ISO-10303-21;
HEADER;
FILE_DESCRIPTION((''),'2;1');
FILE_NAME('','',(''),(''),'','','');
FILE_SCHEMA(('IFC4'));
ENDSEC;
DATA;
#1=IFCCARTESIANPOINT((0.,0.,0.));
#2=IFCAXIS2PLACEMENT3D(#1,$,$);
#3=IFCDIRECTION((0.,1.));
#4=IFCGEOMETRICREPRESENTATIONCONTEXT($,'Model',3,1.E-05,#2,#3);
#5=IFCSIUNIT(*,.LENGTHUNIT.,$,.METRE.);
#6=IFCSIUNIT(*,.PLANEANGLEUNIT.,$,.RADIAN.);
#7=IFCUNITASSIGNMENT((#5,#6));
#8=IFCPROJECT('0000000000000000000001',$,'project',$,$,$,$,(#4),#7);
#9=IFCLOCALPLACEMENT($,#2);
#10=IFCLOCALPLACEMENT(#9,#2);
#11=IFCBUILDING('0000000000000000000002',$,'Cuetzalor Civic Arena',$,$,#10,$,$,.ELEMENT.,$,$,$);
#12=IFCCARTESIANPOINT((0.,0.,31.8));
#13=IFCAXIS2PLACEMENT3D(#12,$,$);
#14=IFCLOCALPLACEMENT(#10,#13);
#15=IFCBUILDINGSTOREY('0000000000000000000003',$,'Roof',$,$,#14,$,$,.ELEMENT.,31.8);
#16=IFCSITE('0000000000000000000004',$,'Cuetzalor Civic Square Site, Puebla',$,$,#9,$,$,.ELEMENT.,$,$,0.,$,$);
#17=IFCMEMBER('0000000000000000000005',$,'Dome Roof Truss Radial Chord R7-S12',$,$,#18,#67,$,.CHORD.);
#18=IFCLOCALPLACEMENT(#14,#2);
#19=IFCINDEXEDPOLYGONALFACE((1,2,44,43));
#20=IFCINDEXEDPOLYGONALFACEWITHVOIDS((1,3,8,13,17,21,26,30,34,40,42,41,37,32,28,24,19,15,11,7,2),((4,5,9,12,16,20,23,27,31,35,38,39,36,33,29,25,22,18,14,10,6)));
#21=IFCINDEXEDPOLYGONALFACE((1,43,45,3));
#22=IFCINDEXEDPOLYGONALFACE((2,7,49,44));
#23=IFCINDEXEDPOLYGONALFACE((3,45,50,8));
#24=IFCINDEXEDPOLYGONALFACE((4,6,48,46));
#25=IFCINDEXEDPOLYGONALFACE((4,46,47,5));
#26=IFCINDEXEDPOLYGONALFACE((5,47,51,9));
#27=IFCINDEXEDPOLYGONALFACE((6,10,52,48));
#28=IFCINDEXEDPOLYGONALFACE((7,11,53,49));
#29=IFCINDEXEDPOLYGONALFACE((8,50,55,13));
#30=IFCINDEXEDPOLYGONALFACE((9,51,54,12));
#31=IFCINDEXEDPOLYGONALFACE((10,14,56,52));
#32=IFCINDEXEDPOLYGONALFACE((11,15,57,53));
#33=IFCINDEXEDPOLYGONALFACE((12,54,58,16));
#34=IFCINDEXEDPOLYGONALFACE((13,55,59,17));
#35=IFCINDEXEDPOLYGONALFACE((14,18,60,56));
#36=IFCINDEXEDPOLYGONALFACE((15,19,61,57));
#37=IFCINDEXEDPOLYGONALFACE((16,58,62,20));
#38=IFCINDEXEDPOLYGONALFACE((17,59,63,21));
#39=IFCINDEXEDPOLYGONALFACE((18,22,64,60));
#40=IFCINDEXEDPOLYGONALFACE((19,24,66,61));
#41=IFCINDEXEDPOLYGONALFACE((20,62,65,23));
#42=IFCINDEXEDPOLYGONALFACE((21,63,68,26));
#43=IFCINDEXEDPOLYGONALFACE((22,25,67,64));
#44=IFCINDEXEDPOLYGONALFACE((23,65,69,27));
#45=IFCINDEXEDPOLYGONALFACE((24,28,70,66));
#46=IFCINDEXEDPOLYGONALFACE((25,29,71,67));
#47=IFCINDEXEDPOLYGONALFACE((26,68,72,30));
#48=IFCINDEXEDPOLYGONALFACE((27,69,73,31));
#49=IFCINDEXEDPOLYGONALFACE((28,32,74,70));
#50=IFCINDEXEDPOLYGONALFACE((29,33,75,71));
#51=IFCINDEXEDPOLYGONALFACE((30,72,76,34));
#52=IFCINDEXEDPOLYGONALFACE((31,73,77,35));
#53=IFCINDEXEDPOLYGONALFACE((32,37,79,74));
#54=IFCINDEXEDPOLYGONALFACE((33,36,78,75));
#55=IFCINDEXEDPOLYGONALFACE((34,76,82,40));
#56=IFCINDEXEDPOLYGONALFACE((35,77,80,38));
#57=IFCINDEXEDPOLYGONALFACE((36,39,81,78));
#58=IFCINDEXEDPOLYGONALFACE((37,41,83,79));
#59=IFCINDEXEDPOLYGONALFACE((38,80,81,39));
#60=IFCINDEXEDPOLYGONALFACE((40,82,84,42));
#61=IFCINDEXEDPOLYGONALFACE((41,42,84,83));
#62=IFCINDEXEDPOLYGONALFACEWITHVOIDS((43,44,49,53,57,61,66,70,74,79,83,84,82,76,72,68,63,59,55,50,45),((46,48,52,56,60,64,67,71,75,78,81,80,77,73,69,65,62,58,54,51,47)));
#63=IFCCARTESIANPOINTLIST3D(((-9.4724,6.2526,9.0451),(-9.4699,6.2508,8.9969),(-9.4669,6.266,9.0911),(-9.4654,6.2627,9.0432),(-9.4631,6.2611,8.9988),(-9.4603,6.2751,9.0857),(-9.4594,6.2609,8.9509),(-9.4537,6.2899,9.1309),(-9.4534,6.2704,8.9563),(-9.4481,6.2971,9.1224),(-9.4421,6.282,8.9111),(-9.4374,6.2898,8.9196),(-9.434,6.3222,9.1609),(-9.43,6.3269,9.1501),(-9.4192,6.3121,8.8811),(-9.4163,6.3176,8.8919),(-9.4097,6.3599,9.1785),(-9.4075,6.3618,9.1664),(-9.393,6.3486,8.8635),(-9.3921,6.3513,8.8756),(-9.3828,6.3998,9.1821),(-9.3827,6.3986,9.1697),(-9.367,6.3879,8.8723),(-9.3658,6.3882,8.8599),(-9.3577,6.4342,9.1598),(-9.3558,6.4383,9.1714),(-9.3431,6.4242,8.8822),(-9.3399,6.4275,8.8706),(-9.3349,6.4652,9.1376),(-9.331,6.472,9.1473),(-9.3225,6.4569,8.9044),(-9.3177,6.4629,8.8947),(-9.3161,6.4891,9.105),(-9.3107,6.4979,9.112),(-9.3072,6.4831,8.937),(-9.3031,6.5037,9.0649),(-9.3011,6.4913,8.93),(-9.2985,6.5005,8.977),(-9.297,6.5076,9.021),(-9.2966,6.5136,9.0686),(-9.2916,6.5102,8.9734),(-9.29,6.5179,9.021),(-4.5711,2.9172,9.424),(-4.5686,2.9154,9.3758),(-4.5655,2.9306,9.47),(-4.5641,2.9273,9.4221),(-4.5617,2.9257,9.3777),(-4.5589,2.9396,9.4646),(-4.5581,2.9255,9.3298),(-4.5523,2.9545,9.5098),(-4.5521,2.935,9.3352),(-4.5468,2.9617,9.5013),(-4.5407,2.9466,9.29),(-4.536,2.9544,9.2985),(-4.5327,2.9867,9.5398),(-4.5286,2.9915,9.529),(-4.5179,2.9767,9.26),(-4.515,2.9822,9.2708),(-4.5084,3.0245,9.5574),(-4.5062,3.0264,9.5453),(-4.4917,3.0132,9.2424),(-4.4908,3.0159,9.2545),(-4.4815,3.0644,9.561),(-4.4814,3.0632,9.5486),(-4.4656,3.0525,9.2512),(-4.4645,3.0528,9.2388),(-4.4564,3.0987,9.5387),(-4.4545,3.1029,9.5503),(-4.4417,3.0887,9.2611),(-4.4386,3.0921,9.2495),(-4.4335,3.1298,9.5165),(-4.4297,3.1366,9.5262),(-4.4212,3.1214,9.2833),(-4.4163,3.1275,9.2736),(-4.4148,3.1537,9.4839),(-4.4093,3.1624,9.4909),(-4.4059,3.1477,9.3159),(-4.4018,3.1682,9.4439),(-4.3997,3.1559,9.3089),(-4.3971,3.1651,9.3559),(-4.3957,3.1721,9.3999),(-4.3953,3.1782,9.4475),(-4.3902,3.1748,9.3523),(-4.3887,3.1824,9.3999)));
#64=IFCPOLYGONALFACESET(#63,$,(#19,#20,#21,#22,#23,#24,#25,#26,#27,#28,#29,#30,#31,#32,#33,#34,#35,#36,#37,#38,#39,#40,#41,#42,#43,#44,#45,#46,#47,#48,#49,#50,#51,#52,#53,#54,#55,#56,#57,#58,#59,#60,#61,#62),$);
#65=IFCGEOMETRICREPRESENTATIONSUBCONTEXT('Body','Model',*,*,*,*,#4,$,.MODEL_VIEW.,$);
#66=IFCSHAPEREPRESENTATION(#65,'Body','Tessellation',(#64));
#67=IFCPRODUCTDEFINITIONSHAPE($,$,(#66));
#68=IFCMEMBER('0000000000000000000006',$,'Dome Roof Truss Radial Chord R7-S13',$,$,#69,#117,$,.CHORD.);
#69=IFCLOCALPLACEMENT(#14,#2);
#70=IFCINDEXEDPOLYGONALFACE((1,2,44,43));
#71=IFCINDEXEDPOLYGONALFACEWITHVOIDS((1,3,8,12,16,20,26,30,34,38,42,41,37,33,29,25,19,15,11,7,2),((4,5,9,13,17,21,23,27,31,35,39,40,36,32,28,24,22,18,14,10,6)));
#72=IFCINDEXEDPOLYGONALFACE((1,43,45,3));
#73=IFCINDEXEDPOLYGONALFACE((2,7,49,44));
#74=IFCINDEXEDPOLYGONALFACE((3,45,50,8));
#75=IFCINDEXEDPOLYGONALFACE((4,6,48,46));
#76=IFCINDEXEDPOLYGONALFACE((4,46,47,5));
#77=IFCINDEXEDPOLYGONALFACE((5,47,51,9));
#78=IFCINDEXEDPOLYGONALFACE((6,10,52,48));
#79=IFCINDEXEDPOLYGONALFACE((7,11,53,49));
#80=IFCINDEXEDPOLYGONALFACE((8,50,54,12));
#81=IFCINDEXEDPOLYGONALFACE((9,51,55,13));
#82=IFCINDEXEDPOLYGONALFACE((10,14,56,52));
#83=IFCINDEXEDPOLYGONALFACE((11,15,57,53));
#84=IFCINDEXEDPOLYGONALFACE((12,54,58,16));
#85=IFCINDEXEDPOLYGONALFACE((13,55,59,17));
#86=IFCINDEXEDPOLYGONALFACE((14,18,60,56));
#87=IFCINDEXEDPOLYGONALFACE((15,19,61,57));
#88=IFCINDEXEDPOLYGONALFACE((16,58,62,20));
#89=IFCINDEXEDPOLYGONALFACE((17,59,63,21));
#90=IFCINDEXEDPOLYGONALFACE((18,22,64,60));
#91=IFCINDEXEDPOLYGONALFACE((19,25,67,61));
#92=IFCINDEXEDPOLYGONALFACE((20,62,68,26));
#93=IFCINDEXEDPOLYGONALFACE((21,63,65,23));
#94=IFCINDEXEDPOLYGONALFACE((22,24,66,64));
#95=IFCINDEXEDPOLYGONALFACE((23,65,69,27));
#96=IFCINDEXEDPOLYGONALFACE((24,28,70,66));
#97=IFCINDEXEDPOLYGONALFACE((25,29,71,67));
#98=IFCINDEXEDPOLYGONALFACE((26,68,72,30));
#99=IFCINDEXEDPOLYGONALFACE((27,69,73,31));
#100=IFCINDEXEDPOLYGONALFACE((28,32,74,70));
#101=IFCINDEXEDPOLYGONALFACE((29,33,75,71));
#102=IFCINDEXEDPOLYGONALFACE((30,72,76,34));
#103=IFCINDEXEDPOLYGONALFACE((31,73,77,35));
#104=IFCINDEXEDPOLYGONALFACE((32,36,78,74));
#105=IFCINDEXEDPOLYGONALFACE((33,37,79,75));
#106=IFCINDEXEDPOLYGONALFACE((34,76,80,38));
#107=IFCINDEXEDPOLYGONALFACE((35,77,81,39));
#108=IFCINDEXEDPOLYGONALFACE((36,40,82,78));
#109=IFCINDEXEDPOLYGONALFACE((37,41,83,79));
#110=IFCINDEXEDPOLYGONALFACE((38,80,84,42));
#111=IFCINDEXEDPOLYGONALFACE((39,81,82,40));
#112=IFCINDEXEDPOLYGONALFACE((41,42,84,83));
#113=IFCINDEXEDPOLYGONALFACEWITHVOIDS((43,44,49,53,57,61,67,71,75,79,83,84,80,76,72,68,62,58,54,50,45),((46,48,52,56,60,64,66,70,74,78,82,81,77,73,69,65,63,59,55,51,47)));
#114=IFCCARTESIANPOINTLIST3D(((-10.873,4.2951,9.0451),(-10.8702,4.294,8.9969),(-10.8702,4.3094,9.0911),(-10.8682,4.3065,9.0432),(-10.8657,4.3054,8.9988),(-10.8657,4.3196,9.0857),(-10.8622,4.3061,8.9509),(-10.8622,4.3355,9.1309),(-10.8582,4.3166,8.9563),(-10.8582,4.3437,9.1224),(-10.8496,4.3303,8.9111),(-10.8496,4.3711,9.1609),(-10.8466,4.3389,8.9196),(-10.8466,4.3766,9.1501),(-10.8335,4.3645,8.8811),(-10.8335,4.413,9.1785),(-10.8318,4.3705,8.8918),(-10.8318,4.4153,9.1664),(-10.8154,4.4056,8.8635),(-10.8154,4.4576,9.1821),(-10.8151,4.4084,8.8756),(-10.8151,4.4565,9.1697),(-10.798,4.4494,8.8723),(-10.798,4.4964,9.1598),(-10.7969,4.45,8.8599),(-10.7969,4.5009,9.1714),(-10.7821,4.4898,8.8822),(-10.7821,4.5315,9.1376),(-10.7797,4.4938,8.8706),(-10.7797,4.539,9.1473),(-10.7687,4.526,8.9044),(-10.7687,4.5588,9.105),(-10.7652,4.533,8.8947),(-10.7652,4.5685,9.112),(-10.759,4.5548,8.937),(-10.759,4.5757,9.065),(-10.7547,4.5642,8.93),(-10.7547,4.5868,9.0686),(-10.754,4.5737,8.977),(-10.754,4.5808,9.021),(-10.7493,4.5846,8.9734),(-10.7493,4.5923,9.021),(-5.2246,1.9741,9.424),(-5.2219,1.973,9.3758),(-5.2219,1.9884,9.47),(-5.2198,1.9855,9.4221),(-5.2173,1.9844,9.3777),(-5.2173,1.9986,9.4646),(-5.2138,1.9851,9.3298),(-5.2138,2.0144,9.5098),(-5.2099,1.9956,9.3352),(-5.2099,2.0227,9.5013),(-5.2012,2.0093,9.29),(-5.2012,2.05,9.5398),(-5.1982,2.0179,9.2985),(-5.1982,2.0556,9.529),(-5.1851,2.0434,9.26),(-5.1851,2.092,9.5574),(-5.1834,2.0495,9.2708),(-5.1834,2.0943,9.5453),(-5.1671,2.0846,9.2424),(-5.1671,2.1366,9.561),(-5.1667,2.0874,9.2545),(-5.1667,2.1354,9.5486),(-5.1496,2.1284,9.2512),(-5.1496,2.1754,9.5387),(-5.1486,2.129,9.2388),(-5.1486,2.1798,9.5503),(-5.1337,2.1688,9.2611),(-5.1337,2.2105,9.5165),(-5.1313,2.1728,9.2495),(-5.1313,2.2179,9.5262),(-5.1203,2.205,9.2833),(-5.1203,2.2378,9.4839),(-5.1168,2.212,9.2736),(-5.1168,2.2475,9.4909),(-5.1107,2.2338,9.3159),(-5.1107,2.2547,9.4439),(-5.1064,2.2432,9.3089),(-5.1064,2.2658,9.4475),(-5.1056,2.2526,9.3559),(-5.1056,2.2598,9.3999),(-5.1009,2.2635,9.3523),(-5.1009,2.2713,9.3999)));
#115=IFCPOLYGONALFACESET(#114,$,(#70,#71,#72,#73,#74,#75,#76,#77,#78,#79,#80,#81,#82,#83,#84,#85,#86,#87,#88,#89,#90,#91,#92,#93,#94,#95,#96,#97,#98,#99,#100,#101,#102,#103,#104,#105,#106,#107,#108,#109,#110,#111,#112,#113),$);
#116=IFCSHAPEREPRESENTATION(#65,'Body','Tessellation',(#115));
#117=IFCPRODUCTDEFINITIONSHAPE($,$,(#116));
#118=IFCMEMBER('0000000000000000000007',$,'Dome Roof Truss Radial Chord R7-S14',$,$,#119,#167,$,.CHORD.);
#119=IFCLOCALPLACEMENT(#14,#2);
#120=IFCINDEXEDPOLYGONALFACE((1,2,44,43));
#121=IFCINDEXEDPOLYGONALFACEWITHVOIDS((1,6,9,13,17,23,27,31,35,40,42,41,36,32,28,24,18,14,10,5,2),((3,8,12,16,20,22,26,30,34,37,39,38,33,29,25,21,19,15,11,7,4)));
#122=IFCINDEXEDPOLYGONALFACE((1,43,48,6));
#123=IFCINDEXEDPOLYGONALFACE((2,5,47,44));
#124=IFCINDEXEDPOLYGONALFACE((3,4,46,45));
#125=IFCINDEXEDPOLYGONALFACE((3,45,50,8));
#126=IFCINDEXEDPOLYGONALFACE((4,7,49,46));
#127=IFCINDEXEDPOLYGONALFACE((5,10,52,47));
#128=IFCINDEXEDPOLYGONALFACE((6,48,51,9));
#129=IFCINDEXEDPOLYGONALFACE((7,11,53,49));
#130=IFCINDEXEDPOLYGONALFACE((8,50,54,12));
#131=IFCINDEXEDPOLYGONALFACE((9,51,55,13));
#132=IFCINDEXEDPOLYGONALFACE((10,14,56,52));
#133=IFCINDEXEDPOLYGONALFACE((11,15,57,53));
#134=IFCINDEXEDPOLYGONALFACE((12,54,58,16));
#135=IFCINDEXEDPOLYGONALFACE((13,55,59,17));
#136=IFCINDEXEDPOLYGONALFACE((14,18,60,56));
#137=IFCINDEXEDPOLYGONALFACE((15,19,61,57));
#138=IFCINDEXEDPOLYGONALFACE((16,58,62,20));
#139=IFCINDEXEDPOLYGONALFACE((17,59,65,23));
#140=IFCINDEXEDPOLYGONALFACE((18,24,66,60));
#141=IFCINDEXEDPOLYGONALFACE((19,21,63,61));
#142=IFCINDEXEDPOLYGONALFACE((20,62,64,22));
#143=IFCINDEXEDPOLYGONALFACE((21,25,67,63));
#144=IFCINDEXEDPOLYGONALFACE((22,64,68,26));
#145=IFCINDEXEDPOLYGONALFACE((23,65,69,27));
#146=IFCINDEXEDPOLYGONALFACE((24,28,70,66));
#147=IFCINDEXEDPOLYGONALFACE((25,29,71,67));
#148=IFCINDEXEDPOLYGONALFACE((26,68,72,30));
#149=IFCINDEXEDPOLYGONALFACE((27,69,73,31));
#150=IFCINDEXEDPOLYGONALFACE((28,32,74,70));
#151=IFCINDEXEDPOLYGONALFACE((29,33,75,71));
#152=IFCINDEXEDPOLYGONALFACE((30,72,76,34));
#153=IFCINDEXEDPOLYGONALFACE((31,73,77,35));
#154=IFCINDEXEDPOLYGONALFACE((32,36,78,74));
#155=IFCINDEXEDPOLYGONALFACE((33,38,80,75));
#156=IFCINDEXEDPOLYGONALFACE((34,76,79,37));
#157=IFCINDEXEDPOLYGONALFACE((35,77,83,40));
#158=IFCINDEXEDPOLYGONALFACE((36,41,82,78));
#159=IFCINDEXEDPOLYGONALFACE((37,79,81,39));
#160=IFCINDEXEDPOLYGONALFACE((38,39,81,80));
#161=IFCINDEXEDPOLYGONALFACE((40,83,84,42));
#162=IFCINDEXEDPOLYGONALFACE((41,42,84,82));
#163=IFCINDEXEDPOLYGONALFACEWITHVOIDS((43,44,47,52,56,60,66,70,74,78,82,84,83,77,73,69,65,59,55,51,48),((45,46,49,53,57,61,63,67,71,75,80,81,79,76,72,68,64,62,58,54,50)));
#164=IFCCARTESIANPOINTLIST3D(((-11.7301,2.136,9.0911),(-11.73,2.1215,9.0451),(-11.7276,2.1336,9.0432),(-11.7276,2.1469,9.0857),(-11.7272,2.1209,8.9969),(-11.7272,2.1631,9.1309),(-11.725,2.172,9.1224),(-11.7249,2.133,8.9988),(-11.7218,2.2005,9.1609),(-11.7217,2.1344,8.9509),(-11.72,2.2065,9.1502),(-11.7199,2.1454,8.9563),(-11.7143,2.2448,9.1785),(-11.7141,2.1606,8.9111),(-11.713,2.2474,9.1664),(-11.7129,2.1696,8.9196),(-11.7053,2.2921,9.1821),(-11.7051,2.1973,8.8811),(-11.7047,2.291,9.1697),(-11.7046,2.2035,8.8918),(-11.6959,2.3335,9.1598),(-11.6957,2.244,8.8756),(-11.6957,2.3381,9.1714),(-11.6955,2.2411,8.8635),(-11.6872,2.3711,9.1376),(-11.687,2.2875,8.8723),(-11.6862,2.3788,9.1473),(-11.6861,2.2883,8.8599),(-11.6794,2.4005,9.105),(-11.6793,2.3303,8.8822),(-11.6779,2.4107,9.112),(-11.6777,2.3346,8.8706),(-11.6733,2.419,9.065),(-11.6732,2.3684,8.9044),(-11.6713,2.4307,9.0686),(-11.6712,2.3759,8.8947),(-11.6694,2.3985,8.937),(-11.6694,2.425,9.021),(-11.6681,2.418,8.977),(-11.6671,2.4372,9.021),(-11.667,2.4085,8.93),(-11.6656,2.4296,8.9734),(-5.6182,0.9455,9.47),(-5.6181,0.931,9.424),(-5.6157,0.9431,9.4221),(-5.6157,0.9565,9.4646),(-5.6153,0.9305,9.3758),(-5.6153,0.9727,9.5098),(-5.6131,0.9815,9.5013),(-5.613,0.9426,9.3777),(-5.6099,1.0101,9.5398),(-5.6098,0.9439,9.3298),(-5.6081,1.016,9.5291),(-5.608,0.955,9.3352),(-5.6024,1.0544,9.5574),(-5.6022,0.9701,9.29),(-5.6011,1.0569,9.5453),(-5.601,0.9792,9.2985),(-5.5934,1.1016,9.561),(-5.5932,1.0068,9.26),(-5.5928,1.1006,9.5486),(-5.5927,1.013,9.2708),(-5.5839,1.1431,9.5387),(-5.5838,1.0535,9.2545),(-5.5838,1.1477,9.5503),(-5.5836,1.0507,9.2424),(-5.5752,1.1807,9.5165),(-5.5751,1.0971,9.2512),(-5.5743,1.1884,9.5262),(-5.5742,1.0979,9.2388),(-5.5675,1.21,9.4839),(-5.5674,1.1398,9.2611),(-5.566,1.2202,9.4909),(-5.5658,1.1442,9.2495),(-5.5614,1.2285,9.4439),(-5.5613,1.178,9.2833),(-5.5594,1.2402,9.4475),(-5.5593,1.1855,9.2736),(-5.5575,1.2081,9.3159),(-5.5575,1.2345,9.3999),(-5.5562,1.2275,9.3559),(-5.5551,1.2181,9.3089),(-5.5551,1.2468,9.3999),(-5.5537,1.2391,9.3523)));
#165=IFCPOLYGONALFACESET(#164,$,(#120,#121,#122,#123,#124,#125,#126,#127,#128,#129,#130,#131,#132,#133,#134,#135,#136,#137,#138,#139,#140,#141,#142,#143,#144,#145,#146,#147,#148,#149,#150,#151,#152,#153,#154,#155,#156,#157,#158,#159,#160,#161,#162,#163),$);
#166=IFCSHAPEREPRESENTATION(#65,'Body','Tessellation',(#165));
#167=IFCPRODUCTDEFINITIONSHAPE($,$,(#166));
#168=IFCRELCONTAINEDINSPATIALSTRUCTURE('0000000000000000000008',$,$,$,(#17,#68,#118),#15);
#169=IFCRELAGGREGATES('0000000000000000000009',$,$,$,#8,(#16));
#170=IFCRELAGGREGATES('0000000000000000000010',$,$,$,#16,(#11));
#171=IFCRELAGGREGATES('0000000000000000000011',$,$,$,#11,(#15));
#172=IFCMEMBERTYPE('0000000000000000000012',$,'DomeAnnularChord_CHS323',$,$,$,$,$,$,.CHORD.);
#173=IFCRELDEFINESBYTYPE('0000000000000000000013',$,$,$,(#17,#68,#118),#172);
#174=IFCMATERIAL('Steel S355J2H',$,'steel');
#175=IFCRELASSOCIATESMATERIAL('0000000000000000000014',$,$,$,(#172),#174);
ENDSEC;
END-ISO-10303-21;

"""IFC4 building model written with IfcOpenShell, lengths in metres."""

from ifc_helpers import new_model, si_unit, direction, frame, origin, origin_2d, place, context, subcontext, project, spatial, hollow_circle, extrude, material, material_profile, profile_set, type_object, element, save


model = new_model("IFC4")

# Units and contexts
model_context = context("Model", 3, precision=1e-05, world=origin(), true_north=direction((0.0, 1.0)))
body_context = subcontext(model_context, "Body", "Model", "MODEL_VIEW")
ifc_project = project(units=[si_unit("LENGTHUNIT", "METRE"), si_unit("PLANEANGLEUNIT", "RADIAN")], contexts=[model_context])

# Site, building, storey
site_placement = place(None, origin())
site = spatial("IfcSite", under=ifc_project, at=site_placement, Name="Cuetzalor Civic Square Site, Puebla", CompositionType="ELEMENT", RefElevation=0.0)
building_placement = place(site_placement, origin())
building = spatial("IfcBuilding", under=site, at=building_placement, Name="Cuetzalor Civic Arena", CompositionType="ELEMENT")
storey_placement = place(building_placement, frame((0.0, 0.0, 31.8)))
storey = spatial("IfcBuildingStorey", under=building, at=storey_placement, Name="Roof", CompositionType="ELEMENT", Elevation=31.8)

# Members
ifc_material_1 = material(Name="Steel S355J2H", Category="steel")
ifc_material_profile_1 = material_profile(ifc_material_1, hollow_circle(Radius=0.1619, WallThickness=0.0125, at=origin_2d()), Name="CHS 323.9x12.5")
ifc_profile_set_1 = profile_set([ifc_material_profile_1], Name="Steel S355J2H")
member_type_1 = type_object("IfcMemberType", Name="DomeAnnularChord_CHS323", PredefinedType="CHORD", material=ifc_profile_set_1)
member_1_placement = place(storey_placement, frame((-9.3811, 6.384, 9.021), z_axis=(0.825046, -0.561455, 0.063781), x_axis=(0.562601, 0.826729, 0.0)))
element("IfcMember", 1, at=member_1_placement, inside=storey, type_object=member_type_1, Name="Dome Roof Truss Radial Chord R7-S12", PredefinedType="CHORD", context=body_context, shape_type="SweptSolid", body=[
    extrude(hollow_circle(Radius=0.1619, WallThickness=0.0125, at=origin_2d()), origin(), (0.0, 0.0, 1.0), 5.9407),
])
member_2_placement = place(storey_placement, frame((-10.8108, 4.4426, 9.021), z_axis=(0.923178, -0.379351, 0.061928), x_axis=(0.38008, 0.924954, 0.0)))
element("IfcMember", 2, at=member_2_placement, inside=storey, type_object=member_type_1, Name="Dome Roof Truss Radial Chord R7-S13", PredefinedType="CHORD", context=body_context, shape_type="SweptSolid", body=[
    extrude(hollow_circle(Radius=0.1619, WallThickness=0.0125, at=origin_2d()), origin(), (0.0, 0.0, 1.0), 6.1184),
])
member_3_placement = place(storey_placement, frame((-11.698, 2.2783, 9.021), z_axis=(0.979742, -0.190829, 0.06074), x_axis=(0.191182, 0.981555, 0.0)))
element("IfcMember", 3, at=member_3_placement, inside=storey, type_object=member_type_1, Name="Dome Roof Truss Radial Chord R7-S14", PredefinedType="CHORD", context=body_context, shape_type="SweptSolid", body=[
    extrude(hollow_circle(Radius=0.1619, WallThickness=0.0125, at=origin_2d()), origin(), (0.0, 0.0, 1.0), 6.2383),
])

save(model, "model.ifc")
